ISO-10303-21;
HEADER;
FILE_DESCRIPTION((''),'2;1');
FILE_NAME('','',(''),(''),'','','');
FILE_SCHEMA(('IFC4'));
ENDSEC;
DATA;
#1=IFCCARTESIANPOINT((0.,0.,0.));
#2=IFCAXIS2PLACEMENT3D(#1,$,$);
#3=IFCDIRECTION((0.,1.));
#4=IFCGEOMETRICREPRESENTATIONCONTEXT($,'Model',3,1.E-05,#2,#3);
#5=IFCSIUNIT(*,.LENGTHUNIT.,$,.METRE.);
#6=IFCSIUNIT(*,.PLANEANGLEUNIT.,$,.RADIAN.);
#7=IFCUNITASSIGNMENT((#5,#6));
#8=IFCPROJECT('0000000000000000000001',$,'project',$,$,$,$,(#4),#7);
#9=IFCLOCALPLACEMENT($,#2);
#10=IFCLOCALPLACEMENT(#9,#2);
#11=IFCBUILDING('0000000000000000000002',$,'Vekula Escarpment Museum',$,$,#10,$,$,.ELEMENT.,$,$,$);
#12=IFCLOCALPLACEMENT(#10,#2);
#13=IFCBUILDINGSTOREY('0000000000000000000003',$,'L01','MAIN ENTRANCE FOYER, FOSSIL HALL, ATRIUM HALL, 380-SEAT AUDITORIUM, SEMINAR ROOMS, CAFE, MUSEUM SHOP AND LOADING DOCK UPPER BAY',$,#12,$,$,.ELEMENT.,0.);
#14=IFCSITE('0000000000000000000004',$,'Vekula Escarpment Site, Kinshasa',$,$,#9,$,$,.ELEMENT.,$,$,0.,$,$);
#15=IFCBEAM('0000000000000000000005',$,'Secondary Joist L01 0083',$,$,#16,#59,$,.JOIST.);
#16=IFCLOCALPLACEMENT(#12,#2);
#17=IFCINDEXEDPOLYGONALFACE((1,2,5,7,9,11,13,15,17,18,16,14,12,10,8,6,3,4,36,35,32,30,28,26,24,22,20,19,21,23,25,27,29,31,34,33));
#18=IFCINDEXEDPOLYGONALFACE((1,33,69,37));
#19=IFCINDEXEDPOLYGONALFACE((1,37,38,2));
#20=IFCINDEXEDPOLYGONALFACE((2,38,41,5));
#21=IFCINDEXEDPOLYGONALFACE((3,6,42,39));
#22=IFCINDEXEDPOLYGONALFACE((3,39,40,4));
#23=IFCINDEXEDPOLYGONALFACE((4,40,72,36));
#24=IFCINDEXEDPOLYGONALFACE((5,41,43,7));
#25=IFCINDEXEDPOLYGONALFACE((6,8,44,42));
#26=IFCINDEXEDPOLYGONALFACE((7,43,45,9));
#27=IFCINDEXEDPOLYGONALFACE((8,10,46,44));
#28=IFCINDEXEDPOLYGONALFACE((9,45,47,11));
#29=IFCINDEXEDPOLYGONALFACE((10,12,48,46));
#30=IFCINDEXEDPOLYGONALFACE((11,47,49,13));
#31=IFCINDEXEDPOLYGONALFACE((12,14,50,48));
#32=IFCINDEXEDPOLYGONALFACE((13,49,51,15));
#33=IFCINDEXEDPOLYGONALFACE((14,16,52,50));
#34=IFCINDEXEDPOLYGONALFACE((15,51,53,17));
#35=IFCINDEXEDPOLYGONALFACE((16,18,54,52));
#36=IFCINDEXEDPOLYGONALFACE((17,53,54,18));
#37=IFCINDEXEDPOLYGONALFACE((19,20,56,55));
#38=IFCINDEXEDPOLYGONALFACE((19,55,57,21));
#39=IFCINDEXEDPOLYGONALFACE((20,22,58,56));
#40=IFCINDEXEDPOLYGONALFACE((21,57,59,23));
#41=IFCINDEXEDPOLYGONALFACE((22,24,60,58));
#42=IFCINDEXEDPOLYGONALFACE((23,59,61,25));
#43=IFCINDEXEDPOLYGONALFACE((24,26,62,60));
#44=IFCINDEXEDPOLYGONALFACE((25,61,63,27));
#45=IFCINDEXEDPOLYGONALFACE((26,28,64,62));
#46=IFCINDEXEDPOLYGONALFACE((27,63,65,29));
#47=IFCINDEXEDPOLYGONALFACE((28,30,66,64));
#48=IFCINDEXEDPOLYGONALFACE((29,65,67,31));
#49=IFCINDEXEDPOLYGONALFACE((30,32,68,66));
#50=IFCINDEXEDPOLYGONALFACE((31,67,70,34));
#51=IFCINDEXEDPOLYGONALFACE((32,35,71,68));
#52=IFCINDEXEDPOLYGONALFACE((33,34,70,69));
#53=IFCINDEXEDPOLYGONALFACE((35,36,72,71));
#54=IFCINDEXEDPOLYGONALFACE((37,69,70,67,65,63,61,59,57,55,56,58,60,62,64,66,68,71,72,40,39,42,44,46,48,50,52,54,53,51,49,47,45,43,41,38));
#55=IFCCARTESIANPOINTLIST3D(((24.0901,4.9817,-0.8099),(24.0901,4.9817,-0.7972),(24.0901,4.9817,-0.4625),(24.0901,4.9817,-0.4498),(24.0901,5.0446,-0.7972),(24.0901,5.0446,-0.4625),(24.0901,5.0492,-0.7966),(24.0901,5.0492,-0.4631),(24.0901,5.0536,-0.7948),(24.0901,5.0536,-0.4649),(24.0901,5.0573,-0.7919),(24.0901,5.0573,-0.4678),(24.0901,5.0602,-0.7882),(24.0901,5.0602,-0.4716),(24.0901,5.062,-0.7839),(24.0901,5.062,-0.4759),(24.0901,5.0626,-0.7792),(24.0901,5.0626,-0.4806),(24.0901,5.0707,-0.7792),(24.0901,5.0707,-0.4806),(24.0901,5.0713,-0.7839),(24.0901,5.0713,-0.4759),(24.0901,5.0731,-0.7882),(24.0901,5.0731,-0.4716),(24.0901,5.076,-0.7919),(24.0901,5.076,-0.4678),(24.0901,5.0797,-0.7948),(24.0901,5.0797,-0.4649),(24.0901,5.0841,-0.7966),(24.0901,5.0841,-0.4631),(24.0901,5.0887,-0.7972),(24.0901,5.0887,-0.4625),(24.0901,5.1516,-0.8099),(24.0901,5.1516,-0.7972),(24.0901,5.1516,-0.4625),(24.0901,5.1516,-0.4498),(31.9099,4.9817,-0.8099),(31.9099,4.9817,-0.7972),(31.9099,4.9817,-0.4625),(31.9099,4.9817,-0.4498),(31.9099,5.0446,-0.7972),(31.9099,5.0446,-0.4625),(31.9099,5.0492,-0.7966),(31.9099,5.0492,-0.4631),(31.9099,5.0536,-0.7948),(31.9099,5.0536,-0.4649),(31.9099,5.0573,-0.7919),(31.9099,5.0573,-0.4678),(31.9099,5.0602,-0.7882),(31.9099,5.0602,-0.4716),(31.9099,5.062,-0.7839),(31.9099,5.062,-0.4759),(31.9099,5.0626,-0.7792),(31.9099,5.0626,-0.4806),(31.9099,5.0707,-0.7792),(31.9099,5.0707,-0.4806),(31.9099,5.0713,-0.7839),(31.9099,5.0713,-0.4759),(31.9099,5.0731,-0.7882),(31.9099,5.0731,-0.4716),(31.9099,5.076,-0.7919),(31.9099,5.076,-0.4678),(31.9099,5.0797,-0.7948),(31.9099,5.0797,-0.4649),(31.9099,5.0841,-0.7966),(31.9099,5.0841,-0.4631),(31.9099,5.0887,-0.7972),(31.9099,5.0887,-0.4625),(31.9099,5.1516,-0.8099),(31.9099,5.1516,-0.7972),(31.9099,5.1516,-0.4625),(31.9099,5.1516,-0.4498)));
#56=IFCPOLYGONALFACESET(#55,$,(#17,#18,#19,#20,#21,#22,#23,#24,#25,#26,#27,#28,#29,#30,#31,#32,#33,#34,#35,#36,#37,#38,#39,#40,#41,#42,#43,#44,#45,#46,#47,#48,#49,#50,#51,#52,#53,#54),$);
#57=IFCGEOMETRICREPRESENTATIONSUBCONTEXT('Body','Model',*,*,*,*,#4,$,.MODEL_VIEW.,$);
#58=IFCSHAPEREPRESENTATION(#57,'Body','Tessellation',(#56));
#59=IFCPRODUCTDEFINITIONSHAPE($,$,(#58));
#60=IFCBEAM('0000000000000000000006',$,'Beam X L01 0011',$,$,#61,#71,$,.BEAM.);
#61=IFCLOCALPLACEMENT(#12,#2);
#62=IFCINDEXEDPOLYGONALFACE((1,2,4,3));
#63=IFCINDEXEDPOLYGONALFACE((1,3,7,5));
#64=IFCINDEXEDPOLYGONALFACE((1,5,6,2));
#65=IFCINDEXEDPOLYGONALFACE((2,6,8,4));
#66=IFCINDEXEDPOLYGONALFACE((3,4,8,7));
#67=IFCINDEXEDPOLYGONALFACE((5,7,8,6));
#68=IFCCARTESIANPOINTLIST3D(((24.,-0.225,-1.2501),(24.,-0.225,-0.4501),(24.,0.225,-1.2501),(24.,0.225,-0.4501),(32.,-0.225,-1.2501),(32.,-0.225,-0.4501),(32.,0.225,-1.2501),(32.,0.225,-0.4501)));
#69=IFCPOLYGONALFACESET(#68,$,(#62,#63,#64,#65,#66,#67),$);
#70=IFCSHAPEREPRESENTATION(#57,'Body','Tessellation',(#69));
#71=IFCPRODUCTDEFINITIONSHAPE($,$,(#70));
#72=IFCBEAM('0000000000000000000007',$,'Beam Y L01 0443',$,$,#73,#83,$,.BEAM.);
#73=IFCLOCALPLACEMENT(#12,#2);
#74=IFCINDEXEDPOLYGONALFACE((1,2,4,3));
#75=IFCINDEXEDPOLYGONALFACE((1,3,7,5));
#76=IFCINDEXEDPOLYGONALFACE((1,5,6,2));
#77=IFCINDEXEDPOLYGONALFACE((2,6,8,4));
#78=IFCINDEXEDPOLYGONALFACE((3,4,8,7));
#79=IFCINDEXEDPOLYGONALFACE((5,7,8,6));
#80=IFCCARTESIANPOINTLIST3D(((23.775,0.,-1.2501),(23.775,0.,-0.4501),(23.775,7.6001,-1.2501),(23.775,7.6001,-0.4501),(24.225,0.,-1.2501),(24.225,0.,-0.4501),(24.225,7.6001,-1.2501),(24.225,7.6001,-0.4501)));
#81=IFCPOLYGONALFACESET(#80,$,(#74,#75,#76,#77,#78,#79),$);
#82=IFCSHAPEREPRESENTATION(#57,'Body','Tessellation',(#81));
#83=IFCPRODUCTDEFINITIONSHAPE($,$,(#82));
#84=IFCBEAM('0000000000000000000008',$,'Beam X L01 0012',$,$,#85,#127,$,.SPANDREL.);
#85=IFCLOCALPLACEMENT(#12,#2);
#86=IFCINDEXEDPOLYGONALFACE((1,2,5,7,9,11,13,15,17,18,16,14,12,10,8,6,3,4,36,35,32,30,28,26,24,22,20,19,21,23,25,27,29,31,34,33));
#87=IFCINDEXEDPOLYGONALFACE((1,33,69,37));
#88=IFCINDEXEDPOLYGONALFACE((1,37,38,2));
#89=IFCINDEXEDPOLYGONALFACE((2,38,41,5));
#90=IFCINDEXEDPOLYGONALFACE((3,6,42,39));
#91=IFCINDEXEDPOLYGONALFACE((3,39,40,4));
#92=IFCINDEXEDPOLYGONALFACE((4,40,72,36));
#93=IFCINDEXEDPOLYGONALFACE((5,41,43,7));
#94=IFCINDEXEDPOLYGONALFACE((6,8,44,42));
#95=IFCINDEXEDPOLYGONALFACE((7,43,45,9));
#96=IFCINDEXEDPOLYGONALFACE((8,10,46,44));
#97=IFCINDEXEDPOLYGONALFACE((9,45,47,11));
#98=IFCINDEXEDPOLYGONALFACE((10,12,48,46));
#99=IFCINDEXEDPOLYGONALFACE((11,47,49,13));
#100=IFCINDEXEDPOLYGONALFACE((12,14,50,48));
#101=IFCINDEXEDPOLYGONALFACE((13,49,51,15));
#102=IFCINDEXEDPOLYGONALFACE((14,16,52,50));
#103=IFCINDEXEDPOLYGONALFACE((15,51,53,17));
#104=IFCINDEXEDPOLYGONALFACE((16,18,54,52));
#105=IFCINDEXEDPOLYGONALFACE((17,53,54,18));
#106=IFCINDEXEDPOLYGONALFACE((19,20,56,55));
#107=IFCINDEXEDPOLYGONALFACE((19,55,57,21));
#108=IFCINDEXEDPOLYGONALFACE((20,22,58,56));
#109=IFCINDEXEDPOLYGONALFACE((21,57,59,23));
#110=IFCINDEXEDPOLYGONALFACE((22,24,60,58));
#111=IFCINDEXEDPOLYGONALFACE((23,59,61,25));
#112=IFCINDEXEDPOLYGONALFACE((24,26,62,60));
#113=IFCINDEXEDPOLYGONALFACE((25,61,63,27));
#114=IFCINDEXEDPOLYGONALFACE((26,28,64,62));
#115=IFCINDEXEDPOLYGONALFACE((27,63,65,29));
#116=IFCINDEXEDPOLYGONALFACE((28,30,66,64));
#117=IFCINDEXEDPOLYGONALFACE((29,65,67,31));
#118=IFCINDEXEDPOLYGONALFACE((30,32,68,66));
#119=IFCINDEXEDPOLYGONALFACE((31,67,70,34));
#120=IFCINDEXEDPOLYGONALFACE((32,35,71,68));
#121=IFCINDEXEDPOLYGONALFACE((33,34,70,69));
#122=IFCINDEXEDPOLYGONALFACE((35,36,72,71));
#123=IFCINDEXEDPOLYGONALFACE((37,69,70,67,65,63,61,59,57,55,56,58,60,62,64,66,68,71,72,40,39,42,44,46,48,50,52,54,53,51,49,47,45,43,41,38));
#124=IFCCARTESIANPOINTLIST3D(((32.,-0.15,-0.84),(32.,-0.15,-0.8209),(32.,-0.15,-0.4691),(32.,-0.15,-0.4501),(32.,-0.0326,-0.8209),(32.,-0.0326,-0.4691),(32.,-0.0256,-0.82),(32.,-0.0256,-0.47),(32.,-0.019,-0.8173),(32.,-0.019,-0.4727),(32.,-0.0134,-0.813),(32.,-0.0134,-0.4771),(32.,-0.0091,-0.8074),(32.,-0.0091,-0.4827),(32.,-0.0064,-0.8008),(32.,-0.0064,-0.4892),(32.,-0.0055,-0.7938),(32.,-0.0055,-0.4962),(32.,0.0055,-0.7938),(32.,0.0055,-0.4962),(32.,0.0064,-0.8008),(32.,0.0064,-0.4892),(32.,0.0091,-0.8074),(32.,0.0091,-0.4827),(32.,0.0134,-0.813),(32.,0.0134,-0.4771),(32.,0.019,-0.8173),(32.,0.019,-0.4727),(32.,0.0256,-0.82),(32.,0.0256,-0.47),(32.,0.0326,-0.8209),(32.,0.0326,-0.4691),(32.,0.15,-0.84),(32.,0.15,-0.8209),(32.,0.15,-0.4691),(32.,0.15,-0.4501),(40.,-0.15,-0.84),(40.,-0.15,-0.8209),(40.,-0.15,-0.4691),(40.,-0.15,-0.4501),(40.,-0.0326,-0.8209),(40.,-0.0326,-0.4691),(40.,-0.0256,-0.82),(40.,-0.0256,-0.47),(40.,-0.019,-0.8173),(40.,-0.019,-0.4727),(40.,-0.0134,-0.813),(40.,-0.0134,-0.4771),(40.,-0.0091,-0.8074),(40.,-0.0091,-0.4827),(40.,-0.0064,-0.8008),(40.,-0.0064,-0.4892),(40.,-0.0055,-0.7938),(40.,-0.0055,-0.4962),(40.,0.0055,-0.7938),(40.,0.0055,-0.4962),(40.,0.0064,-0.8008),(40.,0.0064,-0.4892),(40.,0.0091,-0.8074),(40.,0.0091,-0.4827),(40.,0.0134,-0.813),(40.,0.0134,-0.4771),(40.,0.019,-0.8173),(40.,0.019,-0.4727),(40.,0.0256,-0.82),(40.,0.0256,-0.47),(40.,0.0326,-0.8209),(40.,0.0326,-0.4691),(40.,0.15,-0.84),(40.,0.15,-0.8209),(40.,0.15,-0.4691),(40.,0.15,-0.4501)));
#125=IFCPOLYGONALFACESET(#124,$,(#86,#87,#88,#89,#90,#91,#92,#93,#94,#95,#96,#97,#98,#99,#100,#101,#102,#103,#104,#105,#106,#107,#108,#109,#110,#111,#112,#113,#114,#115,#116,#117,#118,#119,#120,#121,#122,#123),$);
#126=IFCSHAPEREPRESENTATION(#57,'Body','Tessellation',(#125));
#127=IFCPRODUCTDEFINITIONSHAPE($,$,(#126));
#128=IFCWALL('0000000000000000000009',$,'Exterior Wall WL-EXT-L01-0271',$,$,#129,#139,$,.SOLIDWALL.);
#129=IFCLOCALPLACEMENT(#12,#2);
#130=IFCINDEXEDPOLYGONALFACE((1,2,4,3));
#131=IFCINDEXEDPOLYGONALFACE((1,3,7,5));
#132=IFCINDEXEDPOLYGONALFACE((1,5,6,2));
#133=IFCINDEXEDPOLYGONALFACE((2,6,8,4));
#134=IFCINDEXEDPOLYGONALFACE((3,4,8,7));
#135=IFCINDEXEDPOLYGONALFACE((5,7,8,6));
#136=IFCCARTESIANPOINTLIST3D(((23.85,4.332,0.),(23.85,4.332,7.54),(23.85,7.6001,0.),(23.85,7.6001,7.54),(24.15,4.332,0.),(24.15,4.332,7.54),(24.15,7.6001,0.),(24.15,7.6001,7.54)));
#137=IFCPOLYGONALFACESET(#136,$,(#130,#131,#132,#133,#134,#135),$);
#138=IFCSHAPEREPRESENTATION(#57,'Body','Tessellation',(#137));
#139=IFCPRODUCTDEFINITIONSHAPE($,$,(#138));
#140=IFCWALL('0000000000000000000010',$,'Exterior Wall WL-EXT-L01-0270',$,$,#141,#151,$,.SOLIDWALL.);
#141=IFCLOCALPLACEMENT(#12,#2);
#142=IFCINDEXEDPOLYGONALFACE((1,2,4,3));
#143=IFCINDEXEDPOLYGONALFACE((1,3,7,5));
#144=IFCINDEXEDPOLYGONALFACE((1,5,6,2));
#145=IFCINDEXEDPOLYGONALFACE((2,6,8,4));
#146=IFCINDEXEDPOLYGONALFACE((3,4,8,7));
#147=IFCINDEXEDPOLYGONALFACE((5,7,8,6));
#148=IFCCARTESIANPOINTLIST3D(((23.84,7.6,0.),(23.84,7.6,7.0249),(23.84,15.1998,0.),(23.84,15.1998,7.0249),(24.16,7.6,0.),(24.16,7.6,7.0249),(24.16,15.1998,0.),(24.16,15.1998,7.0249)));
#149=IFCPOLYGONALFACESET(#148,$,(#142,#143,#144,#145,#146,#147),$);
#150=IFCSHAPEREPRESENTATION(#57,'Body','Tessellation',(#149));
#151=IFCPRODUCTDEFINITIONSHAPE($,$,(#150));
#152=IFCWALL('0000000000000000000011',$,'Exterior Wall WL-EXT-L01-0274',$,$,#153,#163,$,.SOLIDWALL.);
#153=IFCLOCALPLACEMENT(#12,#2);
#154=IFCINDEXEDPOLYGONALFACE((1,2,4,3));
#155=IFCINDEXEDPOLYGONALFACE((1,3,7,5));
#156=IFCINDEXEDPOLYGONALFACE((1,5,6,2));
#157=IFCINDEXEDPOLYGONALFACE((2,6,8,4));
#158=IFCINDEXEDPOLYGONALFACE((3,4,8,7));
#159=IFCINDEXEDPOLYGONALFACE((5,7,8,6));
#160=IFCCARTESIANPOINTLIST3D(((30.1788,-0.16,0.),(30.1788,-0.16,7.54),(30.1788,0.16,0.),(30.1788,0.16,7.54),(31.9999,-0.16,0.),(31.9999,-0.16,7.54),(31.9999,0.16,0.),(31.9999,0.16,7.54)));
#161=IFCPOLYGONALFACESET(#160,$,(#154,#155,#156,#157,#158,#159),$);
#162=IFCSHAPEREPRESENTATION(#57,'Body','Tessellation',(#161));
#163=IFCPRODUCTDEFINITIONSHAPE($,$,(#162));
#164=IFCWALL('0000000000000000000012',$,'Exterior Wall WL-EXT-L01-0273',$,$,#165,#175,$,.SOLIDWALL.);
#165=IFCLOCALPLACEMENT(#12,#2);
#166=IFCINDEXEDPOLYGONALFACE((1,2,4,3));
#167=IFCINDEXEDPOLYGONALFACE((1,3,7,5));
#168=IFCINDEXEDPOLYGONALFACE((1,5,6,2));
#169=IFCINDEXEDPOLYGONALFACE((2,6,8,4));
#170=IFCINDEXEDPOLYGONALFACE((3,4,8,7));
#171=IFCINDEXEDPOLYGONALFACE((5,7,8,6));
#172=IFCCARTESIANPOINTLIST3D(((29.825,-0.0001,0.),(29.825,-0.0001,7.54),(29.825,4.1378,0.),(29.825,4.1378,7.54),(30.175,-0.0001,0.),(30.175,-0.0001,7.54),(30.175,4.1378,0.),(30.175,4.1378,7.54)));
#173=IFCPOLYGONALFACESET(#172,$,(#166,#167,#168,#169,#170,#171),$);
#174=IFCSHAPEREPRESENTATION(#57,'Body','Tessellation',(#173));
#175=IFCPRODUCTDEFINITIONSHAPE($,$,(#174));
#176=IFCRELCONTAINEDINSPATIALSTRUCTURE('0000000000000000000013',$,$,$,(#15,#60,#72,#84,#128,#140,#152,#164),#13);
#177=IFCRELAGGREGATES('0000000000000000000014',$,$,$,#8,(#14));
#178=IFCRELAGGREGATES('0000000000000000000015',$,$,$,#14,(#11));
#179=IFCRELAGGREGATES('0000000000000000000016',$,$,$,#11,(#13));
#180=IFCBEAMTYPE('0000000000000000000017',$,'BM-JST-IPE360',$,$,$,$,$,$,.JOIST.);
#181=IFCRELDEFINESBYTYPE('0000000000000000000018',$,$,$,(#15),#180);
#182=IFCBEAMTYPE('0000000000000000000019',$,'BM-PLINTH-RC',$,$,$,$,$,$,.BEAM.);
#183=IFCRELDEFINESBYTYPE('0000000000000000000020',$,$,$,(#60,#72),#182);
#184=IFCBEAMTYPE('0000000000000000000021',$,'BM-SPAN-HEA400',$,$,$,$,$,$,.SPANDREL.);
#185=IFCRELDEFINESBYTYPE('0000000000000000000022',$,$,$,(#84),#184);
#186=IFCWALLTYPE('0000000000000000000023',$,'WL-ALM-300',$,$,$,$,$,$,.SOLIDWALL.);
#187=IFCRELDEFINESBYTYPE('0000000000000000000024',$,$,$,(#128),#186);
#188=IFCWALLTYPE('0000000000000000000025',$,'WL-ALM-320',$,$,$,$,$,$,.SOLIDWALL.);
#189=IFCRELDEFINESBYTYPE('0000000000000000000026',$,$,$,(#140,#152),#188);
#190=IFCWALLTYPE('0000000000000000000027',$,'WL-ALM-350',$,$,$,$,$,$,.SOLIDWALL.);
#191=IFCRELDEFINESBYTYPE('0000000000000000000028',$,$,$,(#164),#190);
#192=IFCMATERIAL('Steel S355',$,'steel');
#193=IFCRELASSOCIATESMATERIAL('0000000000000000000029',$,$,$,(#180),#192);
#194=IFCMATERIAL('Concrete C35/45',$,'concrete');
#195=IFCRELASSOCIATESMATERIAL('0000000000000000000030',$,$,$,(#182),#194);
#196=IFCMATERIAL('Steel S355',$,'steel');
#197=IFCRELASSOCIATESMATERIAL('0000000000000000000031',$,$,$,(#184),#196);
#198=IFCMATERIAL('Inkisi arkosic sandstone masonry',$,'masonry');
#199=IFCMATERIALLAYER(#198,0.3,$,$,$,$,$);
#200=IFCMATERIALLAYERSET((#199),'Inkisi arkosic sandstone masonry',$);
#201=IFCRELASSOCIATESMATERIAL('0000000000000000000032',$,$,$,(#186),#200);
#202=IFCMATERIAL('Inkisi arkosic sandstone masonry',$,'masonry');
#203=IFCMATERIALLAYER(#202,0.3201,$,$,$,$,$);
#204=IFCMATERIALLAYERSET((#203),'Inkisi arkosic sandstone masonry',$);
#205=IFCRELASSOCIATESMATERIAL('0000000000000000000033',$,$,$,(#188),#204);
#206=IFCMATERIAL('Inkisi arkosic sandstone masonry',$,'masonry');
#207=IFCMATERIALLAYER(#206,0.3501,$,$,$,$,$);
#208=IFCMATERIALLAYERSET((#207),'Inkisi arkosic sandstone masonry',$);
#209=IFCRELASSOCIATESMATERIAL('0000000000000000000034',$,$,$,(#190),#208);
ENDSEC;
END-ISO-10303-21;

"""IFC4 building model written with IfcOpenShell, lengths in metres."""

from ifc_helpers import new_model, si_unit, direction, frame, frame_2d, origin, origin_2d, place, context, subcontext, project, spatial, rectangle, i_section, extrude, material, layer, layer_set, material_profile, profile_set, type_object, element, save


model = new_model("IFC4")

# Units and contexts
model_context = context("Model", 3, precision=1e-05, world=origin(), true_north=direction((0.0, 1.0)))
body_context = subcontext(model_context, "Body", "Model", "MODEL_VIEW")
ifc_project = project(units=[si_unit("LENGTHUNIT", "METRE"), si_unit("PLANEANGLEUNIT", "RADIAN")], contexts=[model_context])

# Site, building, storey
site_placement = place(None, origin())
site = spatial("IfcSite", under=ifc_project, at=site_placement, Name="Vekula Escarpment Site, Kinshasa", CompositionType="ELEMENT", RefElevation=0.0)
building_placement = place(site_placement, origin())
building = spatial("IfcBuilding", under=site, at=building_placement, Name="Vekula Escarpment Museum", CompositionType="ELEMENT")
storey_placement = place(building_placement, origin())
storey = spatial("IfcBuildingStorey", under=building, at=storey_placement, Name="L01", Description="MAIN ENTRANCE FOYER, FOSSIL HALL, ATRIUM HALL, 380-SEAT AUDITORIUM, SEMINAR ROOMS, CAFE, MUSEUM SHOP AND LOADING DOCK UPPER BAY", CompositionType="ELEMENT", Elevation=0.0)

# Beams
ifc_material_1 = material(Name="Steel S355", Category="steel")
ifc_material_profile_1 = material_profile(ifc_material_1, i_section(OverallWidth=0.1699, OverallDepth=0.3601, WebThickness=0.0081, FlangeThickness=0.0127, FilletRadius=0.0181, at=origin_2d()), Name="IPE 360")
ifc_profile_set_1 = profile_set([ifc_material_profile_1], Name="Steel S355")
beam_type_1 = type_object("IfcBeamType", Name="BM-JST-IPE360", PredefinedType="JOIST", material=ifc_profile_set_1)
beam_1_placement = place(storey_placement, frame((24.0901, 5.0667, -0.6299), z_axis=(1.0, 0.0, 0.0), x_axis=(0.0, 1.0, 0.0)))
element("IfcBeam", 1, at=beam_1_placement, inside=storey, type_object=beam_type_1, Name="Secondary Joist L01 0083", PredefinedType="JOIST", context=body_context, shape_type="SweptSolid", body=[
    extrude(i_section(OverallWidth=0.1699, OverallDepth=0.3601, WebThickness=0.0081, FlangeThickness=0.0127, FilletRadius=0.0181, at=origin_2d()), origin(), (0.0, 0.0, 1.0), 7.8198),
])
ifc_material_2 = material(Name="Concrete C35/45", Category="concrete")
ifc_material_profile_2 = material_profile(ifc_material_2, rectangle(XDim=0.45, YDim=0.8, at=origin_2d()), Name="RC 450x800")
ifc_profile_set_2 = profile_set([ifc_material_profile_2], Name="Concrete C35/45")
beam_type_2 = type_object("IfcBeamType", Name="BM-PLINTH-RC", PredefinedType="BEAM", material=ifc_profile_set_2)
beam_2_placement = place(storey_placement, frame((24.0, 0.0, -0.8501), z_axis=(1.0, 0.0, 0.0), x_axis=(0.0, 1.0, 0.0)))
element("IfcBeam", 2, at=beam_2_placement, inside=storey, type_object=beam_type_2, Name="Beam X L01 0011", PredefinedType="BEAM", context=body_context, shape_type="SweptSolid", body=[
    extrude(rectangle(XDim=0.45, YDim=0.8, at=origin_2d()), origin(), (0.0, 0.0, 1.0), 8.0),
])
beam_3_placement = place(storey_placement, frame((24.0, 0.0, -0.8501), z_axis=(0.0, 1.0, 0.0), x_axis=(-1.0, 0.0, 0.0)))
element("IfcBeam", 3, at=beam_3_placement, inside=storey, type_object=beam_type_2, Name="Beam Y L01 0443", PredefinedType="BEAM", context=body_context, shape_type="SweptSolid", body=[
    extrude(rectangle(XDim=0.45, YDim=0.8, at=origin_2d()), origin(), (0.0, 0.0, 1.0), 7.6001),
])
ifc_material_3 = material(Name="Steel S355", Category="steel")
ifc_material_profile_3 = material_profile(ifc_material_3, i_section(OverallWidth=0.3, OverallDepth=0.3899, WebThickness=0.011, FlangeThickness=0.019, FilletRadius=0.0271, at=origin_2d()), Name="HEA 400")
ifc_profile_set_3 = profile_set([ifc_material_profile_3], Name="Steel S355")
beam_type_3 = type_object("IfcBeamType", Name="BM-SPAN-HEA400", PredefinedType="SPANDREL", material=ifc_profile_set_3)
beam_4_placement = place(storey_placement, frame((32.0, 0.0, -0.645), z_axis=(1.0, 0.0, 0.0), x_axis=(0.0, 1.0, 0.0)))
element("IfcBeam", 4, at=beam_4_placement, inside=storey, type_object=beam_type_3, Name="Beam X L01 0012", PredefinedType="SPANDREL", context=body_context, shape_type="SweptSolid", body=[
    extrude(i_section(OverallWidth=0.3, OverallDepth=0.3899, WebThickness=0.011, FlangeThickness=0.019, FilletRadius=0.0271, at=origin_2d()), origin(), (0.0, 0.0, 1.0), 8.0),
])

# Walls
ifc_material_4 = material(Name="Inkisi arkosic sandstone masonry", Category="masonry")
ifc_layer_1 = layer(ifc_material_4, 0.3)
ifc_layer_set_1 = layer_set([ifc_layer_1], Name="Inkisi arkosic sandstone masonry")
wall_type_1 = type_object("IfcWallType", Name="WL-ALM-300", PredefinedType="SOLIDWALL", material=ifc_layer_set_1)
wall_1_placement = place(storey_placement, frame((24.0, 4.332, 0.0), z_axis=(0.0, 0.0, 1.0), x_axis=(0.0, 1.0, 0.0)))
element("IfcWall", 5, at=wall_1_placement, inside=storey, type_object=wall_type_1, Name="Exterior Wall WL-EXT-L01-0271", PredefinedType="SOLIDWALL", context=body_context, shape_type="SweptSolid", body=[
    extrude(rectangle(XDim=3.2681, YDim=0.3, at=frame_2d((1.634, 0.0))), origin(), (0.0, 0.0, 1.0), 7.54),
])
ifc_material_5 = material(Name="Inkisi arkosic sandstone masonry", Category="masonry")
ifc_layer_2 = layer(ifc_material_5, 0.3201)
ifc_layer_set_2 = layer_set([ifc_layer_2], Name="Inkisi arkosic sandstone masonry")
wall_type_2 = type_object("IfcWallType", Name="WL-ALM-320", PredefinedType="SOLIDWALL", material=ifc_layer_set_2)
wall_2_placement = place(storey_placement, frame((24.0, 7.6001, 0.0), z_axis=(0.0, 0.0, 1.0), x_axis=(0.0, 1.0, 0.0)))
element("IfcWall", 6, at=wall_2_placement, inside=storey, type_object=wall_type_2, Name="Exterior Wall WL-EXT-L01-0270", PredefinedType="SOLIDWALL", context=body_context, shape_type="SweptSolid", body=[
    extrude(rectangle(XDim=7.5999, YDim=0.3201, at=frame_2d((3.7998, 0.0))), origin(), (0.0, 0.0, 1.0), 7.0249),
])
wall_3_placement = place(storey_placement, frame((32.0, 0.0, 0.0), z_axis=(0.0, 0.0, 1.0), x_axis=(-1.0, 0.0, 0.0)))
element("IfcWall", 7, at=wall_3_placement, inside=storey, type_object=wall_type_2, Name="Exterior Wall WL-EXT-L01-0274", PredefinedType="SOLIDWALL", context=body_context, shape_type="SweptSolid", body=[
    extrude(rectangle(XDim=1.821, YDim=0.3201, at=frame_2d((0.9106, 0.0))), origin(), (0.0, 0.0, 1.0), 7.54),
])
ifc_material_6 = material(Name="Inkisi arkosic sandstone masonry", Category="masonry")
ifc_layer_3 = layer(ifc_material_6, 0.3501)
ifc_layer_set_3 = layer_set([ifc_layer_3], Name="Inkisi arkosic sandstone masonry")
wall_type_3 = type_object("IfcWallType", Name="WL-ALM-350", PredefinedType="SOLIDWALL", material=ifc_layer_set_3)
wall_4_placement = place(storey_placement, frame((30.0, 0.0, 0.0), z_axis=(0.0, 0.0, 1.0), x_axis=(0.0, 1.0, 0.0)))
element("IfcWall", 8, at=wall_4_placement, inside=storey, type_object=wall_type_3, Name="Exterior Wall WL-EXT-L01-0273", PredefinedType="SOLIDWALL", context=body_context, shape_type="SweptSolid", body=[
    extrude(rectangle(XDim=4.1379, YDim=0.3501, at=frame_2d((2.0688, 0.0))), origin(), (0.0, 0.0, 1.0), 7.54),
])

save(model, "model.ifc")
